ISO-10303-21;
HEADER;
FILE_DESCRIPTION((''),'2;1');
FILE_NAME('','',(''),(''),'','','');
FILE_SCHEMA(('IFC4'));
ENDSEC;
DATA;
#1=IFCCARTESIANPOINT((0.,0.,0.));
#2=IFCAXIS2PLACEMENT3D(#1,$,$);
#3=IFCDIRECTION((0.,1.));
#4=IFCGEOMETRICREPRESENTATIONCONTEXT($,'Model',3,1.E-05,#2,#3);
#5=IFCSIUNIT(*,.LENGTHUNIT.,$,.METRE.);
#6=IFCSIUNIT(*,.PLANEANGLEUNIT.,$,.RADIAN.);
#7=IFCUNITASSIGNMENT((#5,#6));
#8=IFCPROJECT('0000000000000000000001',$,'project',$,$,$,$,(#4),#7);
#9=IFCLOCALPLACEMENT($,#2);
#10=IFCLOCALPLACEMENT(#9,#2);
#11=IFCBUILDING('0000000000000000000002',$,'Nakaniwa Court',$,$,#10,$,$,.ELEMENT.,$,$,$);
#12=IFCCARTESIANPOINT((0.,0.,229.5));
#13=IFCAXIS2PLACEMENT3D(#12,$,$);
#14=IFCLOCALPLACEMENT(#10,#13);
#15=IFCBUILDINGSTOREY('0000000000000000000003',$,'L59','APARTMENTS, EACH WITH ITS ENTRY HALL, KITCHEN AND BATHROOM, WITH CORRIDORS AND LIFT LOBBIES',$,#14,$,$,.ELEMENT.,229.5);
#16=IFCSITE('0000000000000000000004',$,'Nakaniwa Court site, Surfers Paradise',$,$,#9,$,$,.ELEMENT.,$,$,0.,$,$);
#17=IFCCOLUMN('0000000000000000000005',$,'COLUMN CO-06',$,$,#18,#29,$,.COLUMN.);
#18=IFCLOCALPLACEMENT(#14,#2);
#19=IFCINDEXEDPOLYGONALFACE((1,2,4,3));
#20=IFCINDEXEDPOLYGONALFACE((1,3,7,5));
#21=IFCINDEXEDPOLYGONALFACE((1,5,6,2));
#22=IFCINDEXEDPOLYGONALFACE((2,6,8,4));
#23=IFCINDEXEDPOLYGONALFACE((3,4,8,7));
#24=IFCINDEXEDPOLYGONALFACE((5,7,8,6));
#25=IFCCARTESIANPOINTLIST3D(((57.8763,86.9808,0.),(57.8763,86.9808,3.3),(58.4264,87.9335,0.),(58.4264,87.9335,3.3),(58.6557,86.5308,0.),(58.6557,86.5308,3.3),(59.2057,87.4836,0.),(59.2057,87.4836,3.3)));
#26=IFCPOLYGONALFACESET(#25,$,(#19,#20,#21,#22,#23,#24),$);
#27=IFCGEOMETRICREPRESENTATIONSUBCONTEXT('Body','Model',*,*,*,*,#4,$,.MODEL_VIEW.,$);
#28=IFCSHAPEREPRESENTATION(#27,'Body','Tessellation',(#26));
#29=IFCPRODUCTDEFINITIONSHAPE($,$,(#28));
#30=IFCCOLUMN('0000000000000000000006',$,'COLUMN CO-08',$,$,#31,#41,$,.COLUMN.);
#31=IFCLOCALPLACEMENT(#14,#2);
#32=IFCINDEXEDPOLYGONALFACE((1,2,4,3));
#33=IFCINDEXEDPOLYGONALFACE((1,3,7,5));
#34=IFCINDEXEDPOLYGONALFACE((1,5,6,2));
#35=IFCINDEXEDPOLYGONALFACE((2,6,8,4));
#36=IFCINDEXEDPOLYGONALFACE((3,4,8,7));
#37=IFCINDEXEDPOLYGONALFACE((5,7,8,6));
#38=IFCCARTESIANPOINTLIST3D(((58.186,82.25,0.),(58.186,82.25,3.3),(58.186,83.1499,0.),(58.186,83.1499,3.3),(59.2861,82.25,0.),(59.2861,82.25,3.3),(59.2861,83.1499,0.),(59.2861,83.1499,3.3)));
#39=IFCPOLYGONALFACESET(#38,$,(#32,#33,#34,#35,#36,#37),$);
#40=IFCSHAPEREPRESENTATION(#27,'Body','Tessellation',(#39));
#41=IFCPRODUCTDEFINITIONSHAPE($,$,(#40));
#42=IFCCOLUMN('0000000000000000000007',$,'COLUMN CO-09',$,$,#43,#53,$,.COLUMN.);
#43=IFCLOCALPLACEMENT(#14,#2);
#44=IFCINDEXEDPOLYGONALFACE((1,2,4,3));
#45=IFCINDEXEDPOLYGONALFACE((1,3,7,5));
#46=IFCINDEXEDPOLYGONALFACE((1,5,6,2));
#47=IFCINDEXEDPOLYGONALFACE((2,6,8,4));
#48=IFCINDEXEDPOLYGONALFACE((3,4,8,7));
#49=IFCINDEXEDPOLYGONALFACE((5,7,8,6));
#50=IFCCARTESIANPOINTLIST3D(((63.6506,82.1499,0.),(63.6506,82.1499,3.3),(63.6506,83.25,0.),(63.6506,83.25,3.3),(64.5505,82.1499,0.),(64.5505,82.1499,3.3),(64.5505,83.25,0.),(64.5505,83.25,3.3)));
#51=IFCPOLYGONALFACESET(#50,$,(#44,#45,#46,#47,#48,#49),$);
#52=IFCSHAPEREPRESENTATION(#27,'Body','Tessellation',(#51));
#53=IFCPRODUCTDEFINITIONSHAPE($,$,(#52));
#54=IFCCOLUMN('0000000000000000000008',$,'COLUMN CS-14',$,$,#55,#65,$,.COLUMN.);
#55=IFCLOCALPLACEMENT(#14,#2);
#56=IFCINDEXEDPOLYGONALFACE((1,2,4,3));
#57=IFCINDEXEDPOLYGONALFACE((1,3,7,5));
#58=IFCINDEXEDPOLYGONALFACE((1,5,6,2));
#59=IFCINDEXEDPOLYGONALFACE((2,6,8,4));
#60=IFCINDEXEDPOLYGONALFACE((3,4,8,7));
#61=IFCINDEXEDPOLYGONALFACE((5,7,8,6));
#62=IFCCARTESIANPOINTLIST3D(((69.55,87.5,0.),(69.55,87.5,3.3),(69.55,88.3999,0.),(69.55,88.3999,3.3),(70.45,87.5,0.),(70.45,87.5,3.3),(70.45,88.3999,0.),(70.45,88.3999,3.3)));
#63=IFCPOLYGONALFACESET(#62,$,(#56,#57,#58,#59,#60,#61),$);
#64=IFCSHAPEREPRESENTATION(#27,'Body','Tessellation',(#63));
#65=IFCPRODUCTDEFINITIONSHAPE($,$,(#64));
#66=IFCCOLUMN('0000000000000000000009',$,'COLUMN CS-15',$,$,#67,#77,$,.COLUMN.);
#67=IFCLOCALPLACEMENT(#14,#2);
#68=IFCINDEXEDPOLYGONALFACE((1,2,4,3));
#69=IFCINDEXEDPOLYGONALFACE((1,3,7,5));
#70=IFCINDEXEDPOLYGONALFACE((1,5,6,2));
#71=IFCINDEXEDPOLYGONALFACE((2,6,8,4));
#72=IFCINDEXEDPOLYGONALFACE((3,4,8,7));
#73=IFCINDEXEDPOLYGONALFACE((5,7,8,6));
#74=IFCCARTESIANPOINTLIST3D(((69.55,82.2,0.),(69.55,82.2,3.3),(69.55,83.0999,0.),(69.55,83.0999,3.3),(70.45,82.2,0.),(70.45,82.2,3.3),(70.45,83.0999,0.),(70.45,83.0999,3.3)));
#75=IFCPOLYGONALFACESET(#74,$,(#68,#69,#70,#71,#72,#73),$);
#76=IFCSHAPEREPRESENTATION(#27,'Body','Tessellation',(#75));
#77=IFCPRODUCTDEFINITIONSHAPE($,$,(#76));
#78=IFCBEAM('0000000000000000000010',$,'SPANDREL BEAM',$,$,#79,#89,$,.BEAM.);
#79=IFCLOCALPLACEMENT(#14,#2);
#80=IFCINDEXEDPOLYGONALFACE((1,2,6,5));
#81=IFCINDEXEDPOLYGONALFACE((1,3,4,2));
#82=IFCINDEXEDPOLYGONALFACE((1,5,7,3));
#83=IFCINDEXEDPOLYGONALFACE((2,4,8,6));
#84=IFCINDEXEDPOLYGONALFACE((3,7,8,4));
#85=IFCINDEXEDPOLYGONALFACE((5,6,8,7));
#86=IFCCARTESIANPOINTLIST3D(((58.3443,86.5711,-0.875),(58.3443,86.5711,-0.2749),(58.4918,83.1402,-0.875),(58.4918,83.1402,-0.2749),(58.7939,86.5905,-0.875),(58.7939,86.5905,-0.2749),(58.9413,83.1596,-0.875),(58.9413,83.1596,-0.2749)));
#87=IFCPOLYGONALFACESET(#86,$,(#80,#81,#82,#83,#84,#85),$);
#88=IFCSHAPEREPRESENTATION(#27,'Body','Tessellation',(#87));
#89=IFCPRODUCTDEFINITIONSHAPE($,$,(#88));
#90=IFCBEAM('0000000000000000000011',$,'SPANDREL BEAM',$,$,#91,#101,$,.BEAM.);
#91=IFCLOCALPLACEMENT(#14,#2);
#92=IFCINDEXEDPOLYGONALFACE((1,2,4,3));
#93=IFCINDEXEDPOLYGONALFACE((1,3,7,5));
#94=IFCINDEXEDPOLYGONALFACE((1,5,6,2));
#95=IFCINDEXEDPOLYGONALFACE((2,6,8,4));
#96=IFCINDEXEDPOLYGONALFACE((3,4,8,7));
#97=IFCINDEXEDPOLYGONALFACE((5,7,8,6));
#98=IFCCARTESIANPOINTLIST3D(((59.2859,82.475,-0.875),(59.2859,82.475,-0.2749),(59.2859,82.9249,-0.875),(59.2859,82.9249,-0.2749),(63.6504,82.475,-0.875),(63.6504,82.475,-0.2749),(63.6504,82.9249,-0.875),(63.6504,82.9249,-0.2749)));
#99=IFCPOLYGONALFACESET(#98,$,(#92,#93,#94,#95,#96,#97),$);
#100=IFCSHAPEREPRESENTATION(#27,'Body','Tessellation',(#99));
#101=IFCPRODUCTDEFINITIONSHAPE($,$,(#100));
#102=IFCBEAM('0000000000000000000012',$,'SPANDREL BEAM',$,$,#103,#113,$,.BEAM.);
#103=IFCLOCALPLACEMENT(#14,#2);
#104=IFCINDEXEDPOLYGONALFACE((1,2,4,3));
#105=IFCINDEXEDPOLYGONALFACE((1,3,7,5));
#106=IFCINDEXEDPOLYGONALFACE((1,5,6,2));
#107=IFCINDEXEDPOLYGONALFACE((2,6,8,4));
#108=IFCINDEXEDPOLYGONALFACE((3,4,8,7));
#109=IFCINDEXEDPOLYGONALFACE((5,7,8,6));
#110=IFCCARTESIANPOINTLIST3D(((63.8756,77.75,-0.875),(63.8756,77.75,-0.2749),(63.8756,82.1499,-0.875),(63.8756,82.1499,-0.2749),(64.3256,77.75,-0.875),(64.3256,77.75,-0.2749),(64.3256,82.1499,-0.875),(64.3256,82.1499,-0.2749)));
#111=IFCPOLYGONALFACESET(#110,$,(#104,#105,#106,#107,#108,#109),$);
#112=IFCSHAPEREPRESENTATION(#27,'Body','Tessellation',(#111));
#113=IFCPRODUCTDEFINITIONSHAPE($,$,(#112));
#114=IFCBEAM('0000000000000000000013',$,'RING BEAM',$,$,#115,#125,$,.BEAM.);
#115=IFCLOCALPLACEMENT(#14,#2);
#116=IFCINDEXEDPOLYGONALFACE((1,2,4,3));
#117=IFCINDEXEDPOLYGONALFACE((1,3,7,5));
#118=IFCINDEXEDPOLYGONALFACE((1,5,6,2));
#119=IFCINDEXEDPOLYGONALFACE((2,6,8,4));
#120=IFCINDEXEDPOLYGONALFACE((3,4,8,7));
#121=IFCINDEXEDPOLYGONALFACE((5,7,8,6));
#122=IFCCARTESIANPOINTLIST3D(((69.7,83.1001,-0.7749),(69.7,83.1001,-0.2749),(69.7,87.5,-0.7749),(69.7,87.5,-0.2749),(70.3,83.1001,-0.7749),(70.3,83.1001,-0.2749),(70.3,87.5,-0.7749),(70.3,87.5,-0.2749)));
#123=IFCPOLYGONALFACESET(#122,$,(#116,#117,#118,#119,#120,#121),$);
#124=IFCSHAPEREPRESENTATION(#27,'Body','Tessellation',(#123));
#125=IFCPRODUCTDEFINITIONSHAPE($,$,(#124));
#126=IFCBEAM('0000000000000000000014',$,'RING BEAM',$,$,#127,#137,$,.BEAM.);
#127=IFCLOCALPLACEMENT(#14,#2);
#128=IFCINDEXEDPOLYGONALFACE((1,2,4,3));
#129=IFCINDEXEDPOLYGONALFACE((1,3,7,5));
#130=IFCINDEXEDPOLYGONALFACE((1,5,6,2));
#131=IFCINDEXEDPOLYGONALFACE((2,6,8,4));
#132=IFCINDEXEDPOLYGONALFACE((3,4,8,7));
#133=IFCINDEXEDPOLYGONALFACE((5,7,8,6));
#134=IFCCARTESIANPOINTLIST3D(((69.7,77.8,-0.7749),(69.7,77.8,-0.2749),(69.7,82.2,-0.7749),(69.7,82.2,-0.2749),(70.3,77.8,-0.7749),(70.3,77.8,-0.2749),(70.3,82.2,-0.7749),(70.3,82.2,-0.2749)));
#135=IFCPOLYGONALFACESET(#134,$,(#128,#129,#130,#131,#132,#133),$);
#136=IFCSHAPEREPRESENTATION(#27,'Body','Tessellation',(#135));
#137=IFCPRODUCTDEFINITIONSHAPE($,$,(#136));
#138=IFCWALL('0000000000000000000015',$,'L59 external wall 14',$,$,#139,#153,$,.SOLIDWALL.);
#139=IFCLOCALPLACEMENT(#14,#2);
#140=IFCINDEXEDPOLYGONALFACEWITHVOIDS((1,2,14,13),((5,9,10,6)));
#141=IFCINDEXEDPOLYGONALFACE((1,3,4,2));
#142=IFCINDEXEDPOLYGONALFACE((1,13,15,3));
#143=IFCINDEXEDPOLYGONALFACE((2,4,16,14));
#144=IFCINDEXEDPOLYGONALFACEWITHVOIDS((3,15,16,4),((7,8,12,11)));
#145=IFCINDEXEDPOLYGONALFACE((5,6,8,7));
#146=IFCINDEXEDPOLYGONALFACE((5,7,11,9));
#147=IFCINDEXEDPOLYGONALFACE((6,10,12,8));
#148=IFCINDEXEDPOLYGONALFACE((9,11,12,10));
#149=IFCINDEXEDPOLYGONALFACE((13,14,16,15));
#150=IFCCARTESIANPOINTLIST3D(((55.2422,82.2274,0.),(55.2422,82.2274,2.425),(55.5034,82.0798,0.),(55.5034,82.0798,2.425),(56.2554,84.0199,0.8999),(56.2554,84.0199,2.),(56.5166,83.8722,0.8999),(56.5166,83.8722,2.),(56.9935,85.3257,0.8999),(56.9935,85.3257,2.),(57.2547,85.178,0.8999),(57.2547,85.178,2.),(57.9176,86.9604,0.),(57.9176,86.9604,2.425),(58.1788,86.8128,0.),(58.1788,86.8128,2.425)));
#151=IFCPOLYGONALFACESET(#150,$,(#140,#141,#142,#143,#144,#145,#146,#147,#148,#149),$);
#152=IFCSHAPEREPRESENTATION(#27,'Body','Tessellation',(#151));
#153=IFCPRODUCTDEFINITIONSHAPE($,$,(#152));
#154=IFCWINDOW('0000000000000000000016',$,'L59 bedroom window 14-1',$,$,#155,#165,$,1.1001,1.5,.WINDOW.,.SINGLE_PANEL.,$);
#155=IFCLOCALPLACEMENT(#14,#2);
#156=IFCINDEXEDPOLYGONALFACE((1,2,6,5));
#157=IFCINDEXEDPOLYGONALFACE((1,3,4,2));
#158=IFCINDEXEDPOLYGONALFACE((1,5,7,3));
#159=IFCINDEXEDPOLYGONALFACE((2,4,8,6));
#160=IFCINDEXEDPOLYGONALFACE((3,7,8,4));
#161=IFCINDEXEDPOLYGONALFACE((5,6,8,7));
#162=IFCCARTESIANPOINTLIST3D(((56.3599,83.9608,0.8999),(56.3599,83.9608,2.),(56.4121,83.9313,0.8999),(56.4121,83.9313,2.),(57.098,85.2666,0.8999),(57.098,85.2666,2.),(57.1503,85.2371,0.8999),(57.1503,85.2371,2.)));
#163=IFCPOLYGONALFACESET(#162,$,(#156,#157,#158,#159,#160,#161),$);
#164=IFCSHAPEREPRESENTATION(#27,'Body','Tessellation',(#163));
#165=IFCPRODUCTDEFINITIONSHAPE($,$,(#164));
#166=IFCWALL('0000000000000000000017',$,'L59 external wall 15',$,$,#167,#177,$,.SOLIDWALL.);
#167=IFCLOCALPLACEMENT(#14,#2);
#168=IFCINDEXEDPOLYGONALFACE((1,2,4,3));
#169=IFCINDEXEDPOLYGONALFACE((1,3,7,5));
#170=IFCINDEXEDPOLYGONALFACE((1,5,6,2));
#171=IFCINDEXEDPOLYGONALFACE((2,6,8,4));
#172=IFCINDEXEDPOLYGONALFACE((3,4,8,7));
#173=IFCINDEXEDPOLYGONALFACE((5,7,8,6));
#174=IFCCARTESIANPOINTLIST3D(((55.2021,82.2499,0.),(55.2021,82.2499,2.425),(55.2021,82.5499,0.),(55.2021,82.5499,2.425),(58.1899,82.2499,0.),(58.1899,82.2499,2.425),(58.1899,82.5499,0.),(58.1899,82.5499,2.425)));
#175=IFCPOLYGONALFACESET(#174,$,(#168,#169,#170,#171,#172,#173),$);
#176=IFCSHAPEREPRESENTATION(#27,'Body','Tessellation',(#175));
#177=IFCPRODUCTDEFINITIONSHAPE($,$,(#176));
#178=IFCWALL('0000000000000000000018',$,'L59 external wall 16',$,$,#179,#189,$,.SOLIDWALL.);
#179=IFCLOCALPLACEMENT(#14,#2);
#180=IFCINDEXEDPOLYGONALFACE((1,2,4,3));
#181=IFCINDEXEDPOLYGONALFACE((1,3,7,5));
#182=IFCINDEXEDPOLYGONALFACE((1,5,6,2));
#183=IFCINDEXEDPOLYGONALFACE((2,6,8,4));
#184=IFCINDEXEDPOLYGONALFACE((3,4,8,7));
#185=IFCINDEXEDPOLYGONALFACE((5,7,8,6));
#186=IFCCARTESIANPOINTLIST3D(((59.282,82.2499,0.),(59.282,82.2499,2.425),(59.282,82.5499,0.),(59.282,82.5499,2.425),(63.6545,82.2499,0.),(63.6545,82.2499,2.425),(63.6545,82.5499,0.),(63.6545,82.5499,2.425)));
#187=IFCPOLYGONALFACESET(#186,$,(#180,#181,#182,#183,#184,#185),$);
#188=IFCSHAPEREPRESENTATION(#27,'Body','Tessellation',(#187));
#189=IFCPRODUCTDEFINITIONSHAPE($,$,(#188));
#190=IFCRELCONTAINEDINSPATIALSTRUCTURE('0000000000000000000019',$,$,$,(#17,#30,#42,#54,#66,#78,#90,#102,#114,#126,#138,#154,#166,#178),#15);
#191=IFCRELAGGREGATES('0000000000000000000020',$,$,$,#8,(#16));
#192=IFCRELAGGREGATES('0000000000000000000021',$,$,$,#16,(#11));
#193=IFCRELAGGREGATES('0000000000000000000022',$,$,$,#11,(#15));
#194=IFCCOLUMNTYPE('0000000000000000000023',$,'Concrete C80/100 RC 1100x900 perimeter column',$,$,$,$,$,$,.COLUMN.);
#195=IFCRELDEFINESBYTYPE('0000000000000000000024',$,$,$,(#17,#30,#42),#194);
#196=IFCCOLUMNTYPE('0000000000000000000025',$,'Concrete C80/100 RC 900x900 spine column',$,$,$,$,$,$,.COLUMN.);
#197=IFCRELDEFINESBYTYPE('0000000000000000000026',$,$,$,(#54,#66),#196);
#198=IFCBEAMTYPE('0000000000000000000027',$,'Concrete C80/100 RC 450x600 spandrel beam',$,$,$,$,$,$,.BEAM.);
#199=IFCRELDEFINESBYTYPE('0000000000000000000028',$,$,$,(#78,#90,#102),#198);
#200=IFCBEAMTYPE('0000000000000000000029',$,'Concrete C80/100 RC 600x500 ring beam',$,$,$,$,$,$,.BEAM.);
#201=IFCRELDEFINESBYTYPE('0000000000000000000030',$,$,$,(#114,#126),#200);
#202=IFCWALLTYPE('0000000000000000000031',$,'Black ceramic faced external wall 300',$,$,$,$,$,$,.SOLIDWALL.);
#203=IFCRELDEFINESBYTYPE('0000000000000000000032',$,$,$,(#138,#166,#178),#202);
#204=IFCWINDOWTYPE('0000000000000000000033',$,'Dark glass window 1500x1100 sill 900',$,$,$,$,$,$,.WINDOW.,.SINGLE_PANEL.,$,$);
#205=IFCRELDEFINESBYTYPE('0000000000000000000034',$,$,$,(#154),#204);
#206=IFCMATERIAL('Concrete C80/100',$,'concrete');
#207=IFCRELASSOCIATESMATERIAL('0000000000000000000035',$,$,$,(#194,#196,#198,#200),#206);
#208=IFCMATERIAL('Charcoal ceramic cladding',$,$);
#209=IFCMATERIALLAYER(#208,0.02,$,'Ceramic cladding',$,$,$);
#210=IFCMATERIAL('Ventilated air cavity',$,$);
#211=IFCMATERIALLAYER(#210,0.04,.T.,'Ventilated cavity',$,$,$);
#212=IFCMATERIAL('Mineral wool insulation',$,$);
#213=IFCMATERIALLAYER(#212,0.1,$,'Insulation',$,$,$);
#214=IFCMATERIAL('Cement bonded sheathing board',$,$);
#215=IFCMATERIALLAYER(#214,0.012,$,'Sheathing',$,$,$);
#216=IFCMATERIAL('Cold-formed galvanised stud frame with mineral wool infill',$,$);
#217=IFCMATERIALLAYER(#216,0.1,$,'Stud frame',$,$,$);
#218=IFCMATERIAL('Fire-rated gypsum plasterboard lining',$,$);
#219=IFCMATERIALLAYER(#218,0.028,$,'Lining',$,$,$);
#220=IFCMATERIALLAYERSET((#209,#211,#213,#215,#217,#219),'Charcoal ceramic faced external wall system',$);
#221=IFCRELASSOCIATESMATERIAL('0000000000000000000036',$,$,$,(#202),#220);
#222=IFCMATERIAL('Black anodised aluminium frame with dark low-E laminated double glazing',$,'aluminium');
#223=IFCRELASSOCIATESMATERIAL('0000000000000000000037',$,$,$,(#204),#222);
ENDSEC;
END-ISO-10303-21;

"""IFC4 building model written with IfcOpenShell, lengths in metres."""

from ifc_helpers import new_model, si_unit, direction, frame, frame_2d, origin, origin_2d, place, context, subcontext, project, spatial, rectangle, extrude, material, layer, layer_set, material_profile, profile_set, type_object, element, fill, save


model = new_model("IFC4")

# Units and contexts
model_context = context("Model", 3, precision=1e-05, world=origin(), true_north=direction((0.0, 1.0)))
body_context = subcontext(model_context, "Body", "Model", "MODEL_VIEW")
ifc_project = project(units=[si_unit("LENGTHUNIT", "METRE"), si_unit("PLANEANGLEUNIT", "RADIAN")], contexts=[model_context])

# Site, building, storey
site_placement = place(None, origin())
site = spatial("IfcSite", under=ifc_project, at=site_placement, Name="Nakaniwa Court site, Surfers Paradise", CompositionType="ELEMENT", RefElevation=0.0)
building_placement = place(site_placement, origin())
building = spatial("IfcBuilding", under=site, at=building_placement, Name="Nakaniwa Court", CompositionType="ELEMENT")
storey_placement = place(building_placement, frame((0.0, 0.0, 229.5)))
storey = spatial("IfcBuildingStorey", under=building, at=storey_placement, Name="L59", Description="APARTMENTS, EACH WITH ITS ENTRY HALL, KITCHEN AND BATHROOM, WITH CORRIDORS AND LIFT LOBBIES", CompositionType="ELEMENT", Elevation=229.5)

# Columns
ifc_material_1 = material(Name="Concrete C80/100", Category="concrete")
ifc_material_profile_1 = material_profile(ifc_material_1, rectangle(XDim=1.1001, YDim=0.8999, at=origin_2d()), Name="Concrete C80/100 RC 1100x900 perimeter column")
ifc_profile_set_1 = profile_set([ifc_material_profile_1], Name="Concrete C80/100")
column_type_1 = type_object("IfcColumnType", Name="Concrete C80/100 RC 1100x900 perimeter column", PredefinedType="COLUMN", material=ifc_profile_set_1)
for number, where, z_axis, x_axis, name in (
    (1, (58.541, 87.2322, 0.0), (0.0, 0.0, 1.0), (-0.5, -0.866025, 0.0), "COLUMN CO-06"),
    (2, (58.7361, 82.7, 0.0), (0.0, 0.0, 1.0), (1.0, 0.0, 0.0), "COLUMN CO-08"),
    (3, (64.1006, 82.7, 0.0), (0.0, 0.0, 1.0), (0.0, -1.0, 0.0), "COLUMN CO-09"),
):
    element("IfcColumn", number, at=place(storey_placement, frame(where, z_axis=z_axis, x_axis=x_axis)), inside=storey, type_object=column_type_1, Name=name, PredefinedType="COLUMN", context=body_context, shape_type="SweptSolid", body=[
        extrude(rectangle(XDim=1.1001, YDim=0.8999, at=origin_2d()), origin(), (0.0, 0.0, 1.0), 3.3),
    ])
ifc_material_profile_2 = material_profile(ifc_material_1, rectangle(XDim=0.8999, YDim=0.8999, at=origin_2d()), Name="Concrete C80/100 RC 900x900 spine column")
ifc_profile_set_2 = profile_set([ifc_material_profile_2], Name="Concrete C80/100")
column_type_2 = type_object("IfcColumnType", Name="Concrete C80/100 RC 900x900 spine column", PredefinedType="COLUMN", material=ifc_profile_set_2)
for number, where, z_axis, x_axis, name in (
    (4, (70.0, 87.95, 0.0), (0.0, 0.0, 1.0), (0.0, -1.0, 0.0), "COLUMN CS-14"),
    (5, (70.0, 82.6499, 0.0), (0.0, 0.0, 1.0), (0.0, -1.0, 0.0), "COLUMN CS-15"),
):
    element("IfcColumn", number, at=place(storey_placement, frame(where, z_axis=z_axis, x_axis=x_axis)), inside=storey, type_object=column_type_2, Name=name, PredefinedType="COLUMN", context=body_context, shape_type="SweptSolid", body=[
        extrude(rectangle(XDim=0.8999, YDim=0.8999, at=origin_2d()), origin(), (0.0, 0.0, 1.0), 3.3),
    ])

# Beams
ifc_material_profile_3 = material_profile(ifc_material_1, rectangle(XDim=0.45, YDim=0.6001, at=origin_2d()), Name="Concrete C80/100 RC 450x600 spandrel beam")
ifc_profile_set_3 = profile_set([ifc_material_profile_3], Name="Concrete C80/100")
beam_type_1 = type_object("IfcBeamType", Name="Concrete C80/100 RC 450x600 spandrel beam", PredefinedType="BEAM", material=ifc_profile_set_3)
beam_1_placement = place(storey_placement, frame((58.5691, 86.5808, -0.575), z_axis=(0.042941, -0.999078, 0.0), x_axis=(0.999078, 0.042941, 0.0)))
element("IfcBeam", 6, at=beam_1_placement, inside=storey, type_object=beam_type_1, Name="SPANDREL BEAM", PredefinedType="BEAM", context=body_context, shape_type="SweptSolid", body=[
    extrude(rectangle(XDim=0.45, YDim=0.6001, at=origin_2d()), origin(), (0.0, 0.0, 1.0), 3.4341),
])
beam_2_placement = place(storey_placement, frame((59.2859, 82.7, -0.575), z_axis=(1.0, 0.0, 0.0), x_axis=(0.0, 1.0, 0.0)))
element("IfcBeam", 7, at=beam_2_placement, inside=storey, type_object=beam_type_1, Name="SPANDREL BEAM", PredefinedType="BEAM", context=body_context, shape_type="SweptSolid", body=[
    extrude(rectangle(XDim=0.45, YDim=0.6001, at=origin_2d()), origin(), (0.0, 0.0, 1.0), 4.3645),
])
beam_3_placement = place(storey_placement, frame((64.1006, 82.1499, -0.575), z_axis=(0.0, -1.0, 0.0), x_axis=(1.0, 0.0, 0.0)))
element("IfcBeam", 8, at=beam_3_placement, inside=storey, type_object=beam_type_1, Name="SPANDREL BEAM", PredefinedType="BEAM", context=body_context, shape_type="SweptSolid", body=[
    extrude(rectangle(XDim=0.45, YDim=0.6001, at=origin_2d()), origin(), (0.0, 0.0, 1.0), 4.3999),
])
ifc_material_profile_4 = material_profile(ifc_material_1, rectangle(XDim=0.6001, YDim=0.5, at=origin_2d()), Name="Concrete C80/100 RC 600x500 ring beam")
ifc_profile_set_4 = profile_set([ifc_material_profile_4], Name="Concrete C80/100")
beam_type_2 = type_object("IfcBeamType", Name="Concrete C80/100 RC 600x500 ring beam", PredefinedType="BEAM", material=ifc_profile_set_4)
for number, where, z_axis, x_axis, name in (
    (9, (70.0, 87.5, -0.5249), (0.0, -1.0, 0.0), (1.0, 0.0, 0.0), "RING BEAM"),
    (10, (70.0, 82.2, -0.5249), (0.0, -1.0, 0.0), (1.0, 0.0, 0.0), "RING BEAM"),
):
    element("IfcBeam", number, at=place(storey_placement, frame(where, z_axis=z_axis, x_axis=x_axis)), inside=storey, type_object=beam_type_2, Name=name, PredefinedType="BEAM", context=body_context, shape_type="SweptSolid", body=[
        extrude(rectangle(XDim=0.6001, YDim=0.5, at=origin_2d()), origin(), (0.0, 0.0, 1.0), 4.3999),
    ])

# Wall, opening, window
ifc_material_2 = material(Name="Charcoal ceramic cladding")
ifc_layer_1 = layer(ifc_material_2, 0.02, Name="Ceramic cladding")
ifc_material_3 = material(Name="Ventilated air cavity")
ifc_layer_2 = layer(ifc_material_3, 0.04, ventilated=True, Name="Ventilated cavity")
ifc_material_4 = material(Name="Mineral wool insulation")
ifc_layer_3 = layer(ifc_material_4, 0.1, Name="Insulation")
ifc_material_5 = material(Name="Cement bonded sheathing board")
ifc_layer_4 = layer(ifc_material_5, 0.012, Name="Sheathing")
ifc_material_6 = material(Name="Cold-formed galvanised stud frame with mineral wool infill")
ifc_layer_5 = layer(ifc_material_6, 0.1, Name="Stud frame")
ifc_material_7 = material(Name="Fire-rated gypsum plasterboard lining")
ifc_layer_6 = layer(ifc_material_7, 0.028, Name="Lining")
ifc_layer_set_1 = layer_set([ifc_layer_1, ifc_layer_2, ifc_layer_3, ifc_layer_4, ifc_layer_5, ifc_layer_6], Name="Charcoal ceramic faced external wall system")
wall_type_1 = type_object("IfcWallType", Name="Black ceramic faced external wall 300", PredefinedType="SOLIDWALL", material=ifc_layer_set_1)
wall_1_placement = place(storey_placement, frame((58.0481, 86.8865, 0.0), z_axis=(0.0, 0.0, 1.0), x_axis=(-0.492081, -0.870549, 0.0)))
wall_1 = element("IfcWall", 11, at=wall_1_placement, inside=storey, type_object=wall_type_1, Name="L59 external wall 14", PredefinedType="SOLIDWALL", context=body_context, shape_type="SweptSolid", body=[
    extrude(rectangle(XDim=5.4368, YDim=0.3, at=frame_2d((2.7183, 0.0))), origin(), (0.0, 0.0, 1.0), 2.425),
])
opening_1_placement = place(wall_1_placement, frame((1.8777, 0.0, 0.8999)))
opening_1 = element("IfcOpeningElement", 12, at=opening_1_placement, cuts=wall_1, PredefinedType="OPENING", context=body_context, shape_type="SweptSolid", body=[
    extrude(rectangle(XDim=1.5, YDim=1.1001, at=frame_2d((0.75, 0.55))), frame((0.0, 0.1599, 0.0), z_axis=(0.0, -1.0, 0.0), x_axis=(1.0, 0.0, 0.0)), (0.0, 0.0, 1.0), 0.3201),
])
ifc_material_8 = material(Name="Black anodised aluminium frame with dark low-E laminated double glazing", Category="aluminium")
window_type_1 = type_object("IfcWindowType", Name="Dark glass window 1500x1100 sill 900", PartitioningType="SINGLE_PANEL", PredefinedType="WINDOW", material=ifc_material_8)
window_1_placement = place(opening_1_placement, origin())
window_1 = element("IfcWindow", 13, at=window_1_placement, inside=storey, type_object=window_type_1, Name="L59 bedroom window 14-1", OverallHeight=1.1001, OverallWidth=1.5, PartitioningType="SINGLE_PANEL", PredefinedType="WINDOW", context=body_context, shape_type="SweptSolid", body=[
    extrude(rectangle(XDim=1.5, YDim=1.1001, at=frame_2d((0.75, 0.55))), frame((0.0, 0.03, 0.0), z_axis=(0.0, -1.0, 0.0), x_axis=(1.0, 0.0, 0.0)), (0.0, 0.0, 1.0), 0.0601),
])
fill(opening_1, window_1)

# Walls
wall_2_placement = place(storey_placement, frame((55.2021, 82.3999, 0.0), z_axis=(0.0, 0.0, 1.0), x_axis=(1.0, 0.0, 0.0)))
element("IfcWall", 14, at=wall_2_placement, inside=storey, type_object=wall_type_1, Name="L59 external wall 15", PredefinedType="SOLIDWALL", context=body_context, shape_type="SweptSolid", body=[
    extrude(rectangle(XDim=2.9878, YDim=0.3, at=frame_2d((1.4939, 0.0))), origin(), (0.0, 0.0, 1.0), 2.425),
])
wall_3_placement = place(storey_placement, frame((59.282, 82.3999, 0.0), z_axis=(0.0, 0.0, 1.0), x_axis=(1.0, 0.0, 0.0)))
element("IfcWall", 15, at=wall_3_placement, inside=storey, type_object=wall_type_1, Name="L59 external wall 16", PredefinedType="SOLIDWALL", context=body_context, shape_type="SweptSolid", body=[
    extrude(rectangle(XDim=4.3726, YDim=0.3, at=frame_2d((2.1863, 0.0))), origin(), (0.0, 0.0, 1.0), 2.425),
])

save(model, "model.ifc")
